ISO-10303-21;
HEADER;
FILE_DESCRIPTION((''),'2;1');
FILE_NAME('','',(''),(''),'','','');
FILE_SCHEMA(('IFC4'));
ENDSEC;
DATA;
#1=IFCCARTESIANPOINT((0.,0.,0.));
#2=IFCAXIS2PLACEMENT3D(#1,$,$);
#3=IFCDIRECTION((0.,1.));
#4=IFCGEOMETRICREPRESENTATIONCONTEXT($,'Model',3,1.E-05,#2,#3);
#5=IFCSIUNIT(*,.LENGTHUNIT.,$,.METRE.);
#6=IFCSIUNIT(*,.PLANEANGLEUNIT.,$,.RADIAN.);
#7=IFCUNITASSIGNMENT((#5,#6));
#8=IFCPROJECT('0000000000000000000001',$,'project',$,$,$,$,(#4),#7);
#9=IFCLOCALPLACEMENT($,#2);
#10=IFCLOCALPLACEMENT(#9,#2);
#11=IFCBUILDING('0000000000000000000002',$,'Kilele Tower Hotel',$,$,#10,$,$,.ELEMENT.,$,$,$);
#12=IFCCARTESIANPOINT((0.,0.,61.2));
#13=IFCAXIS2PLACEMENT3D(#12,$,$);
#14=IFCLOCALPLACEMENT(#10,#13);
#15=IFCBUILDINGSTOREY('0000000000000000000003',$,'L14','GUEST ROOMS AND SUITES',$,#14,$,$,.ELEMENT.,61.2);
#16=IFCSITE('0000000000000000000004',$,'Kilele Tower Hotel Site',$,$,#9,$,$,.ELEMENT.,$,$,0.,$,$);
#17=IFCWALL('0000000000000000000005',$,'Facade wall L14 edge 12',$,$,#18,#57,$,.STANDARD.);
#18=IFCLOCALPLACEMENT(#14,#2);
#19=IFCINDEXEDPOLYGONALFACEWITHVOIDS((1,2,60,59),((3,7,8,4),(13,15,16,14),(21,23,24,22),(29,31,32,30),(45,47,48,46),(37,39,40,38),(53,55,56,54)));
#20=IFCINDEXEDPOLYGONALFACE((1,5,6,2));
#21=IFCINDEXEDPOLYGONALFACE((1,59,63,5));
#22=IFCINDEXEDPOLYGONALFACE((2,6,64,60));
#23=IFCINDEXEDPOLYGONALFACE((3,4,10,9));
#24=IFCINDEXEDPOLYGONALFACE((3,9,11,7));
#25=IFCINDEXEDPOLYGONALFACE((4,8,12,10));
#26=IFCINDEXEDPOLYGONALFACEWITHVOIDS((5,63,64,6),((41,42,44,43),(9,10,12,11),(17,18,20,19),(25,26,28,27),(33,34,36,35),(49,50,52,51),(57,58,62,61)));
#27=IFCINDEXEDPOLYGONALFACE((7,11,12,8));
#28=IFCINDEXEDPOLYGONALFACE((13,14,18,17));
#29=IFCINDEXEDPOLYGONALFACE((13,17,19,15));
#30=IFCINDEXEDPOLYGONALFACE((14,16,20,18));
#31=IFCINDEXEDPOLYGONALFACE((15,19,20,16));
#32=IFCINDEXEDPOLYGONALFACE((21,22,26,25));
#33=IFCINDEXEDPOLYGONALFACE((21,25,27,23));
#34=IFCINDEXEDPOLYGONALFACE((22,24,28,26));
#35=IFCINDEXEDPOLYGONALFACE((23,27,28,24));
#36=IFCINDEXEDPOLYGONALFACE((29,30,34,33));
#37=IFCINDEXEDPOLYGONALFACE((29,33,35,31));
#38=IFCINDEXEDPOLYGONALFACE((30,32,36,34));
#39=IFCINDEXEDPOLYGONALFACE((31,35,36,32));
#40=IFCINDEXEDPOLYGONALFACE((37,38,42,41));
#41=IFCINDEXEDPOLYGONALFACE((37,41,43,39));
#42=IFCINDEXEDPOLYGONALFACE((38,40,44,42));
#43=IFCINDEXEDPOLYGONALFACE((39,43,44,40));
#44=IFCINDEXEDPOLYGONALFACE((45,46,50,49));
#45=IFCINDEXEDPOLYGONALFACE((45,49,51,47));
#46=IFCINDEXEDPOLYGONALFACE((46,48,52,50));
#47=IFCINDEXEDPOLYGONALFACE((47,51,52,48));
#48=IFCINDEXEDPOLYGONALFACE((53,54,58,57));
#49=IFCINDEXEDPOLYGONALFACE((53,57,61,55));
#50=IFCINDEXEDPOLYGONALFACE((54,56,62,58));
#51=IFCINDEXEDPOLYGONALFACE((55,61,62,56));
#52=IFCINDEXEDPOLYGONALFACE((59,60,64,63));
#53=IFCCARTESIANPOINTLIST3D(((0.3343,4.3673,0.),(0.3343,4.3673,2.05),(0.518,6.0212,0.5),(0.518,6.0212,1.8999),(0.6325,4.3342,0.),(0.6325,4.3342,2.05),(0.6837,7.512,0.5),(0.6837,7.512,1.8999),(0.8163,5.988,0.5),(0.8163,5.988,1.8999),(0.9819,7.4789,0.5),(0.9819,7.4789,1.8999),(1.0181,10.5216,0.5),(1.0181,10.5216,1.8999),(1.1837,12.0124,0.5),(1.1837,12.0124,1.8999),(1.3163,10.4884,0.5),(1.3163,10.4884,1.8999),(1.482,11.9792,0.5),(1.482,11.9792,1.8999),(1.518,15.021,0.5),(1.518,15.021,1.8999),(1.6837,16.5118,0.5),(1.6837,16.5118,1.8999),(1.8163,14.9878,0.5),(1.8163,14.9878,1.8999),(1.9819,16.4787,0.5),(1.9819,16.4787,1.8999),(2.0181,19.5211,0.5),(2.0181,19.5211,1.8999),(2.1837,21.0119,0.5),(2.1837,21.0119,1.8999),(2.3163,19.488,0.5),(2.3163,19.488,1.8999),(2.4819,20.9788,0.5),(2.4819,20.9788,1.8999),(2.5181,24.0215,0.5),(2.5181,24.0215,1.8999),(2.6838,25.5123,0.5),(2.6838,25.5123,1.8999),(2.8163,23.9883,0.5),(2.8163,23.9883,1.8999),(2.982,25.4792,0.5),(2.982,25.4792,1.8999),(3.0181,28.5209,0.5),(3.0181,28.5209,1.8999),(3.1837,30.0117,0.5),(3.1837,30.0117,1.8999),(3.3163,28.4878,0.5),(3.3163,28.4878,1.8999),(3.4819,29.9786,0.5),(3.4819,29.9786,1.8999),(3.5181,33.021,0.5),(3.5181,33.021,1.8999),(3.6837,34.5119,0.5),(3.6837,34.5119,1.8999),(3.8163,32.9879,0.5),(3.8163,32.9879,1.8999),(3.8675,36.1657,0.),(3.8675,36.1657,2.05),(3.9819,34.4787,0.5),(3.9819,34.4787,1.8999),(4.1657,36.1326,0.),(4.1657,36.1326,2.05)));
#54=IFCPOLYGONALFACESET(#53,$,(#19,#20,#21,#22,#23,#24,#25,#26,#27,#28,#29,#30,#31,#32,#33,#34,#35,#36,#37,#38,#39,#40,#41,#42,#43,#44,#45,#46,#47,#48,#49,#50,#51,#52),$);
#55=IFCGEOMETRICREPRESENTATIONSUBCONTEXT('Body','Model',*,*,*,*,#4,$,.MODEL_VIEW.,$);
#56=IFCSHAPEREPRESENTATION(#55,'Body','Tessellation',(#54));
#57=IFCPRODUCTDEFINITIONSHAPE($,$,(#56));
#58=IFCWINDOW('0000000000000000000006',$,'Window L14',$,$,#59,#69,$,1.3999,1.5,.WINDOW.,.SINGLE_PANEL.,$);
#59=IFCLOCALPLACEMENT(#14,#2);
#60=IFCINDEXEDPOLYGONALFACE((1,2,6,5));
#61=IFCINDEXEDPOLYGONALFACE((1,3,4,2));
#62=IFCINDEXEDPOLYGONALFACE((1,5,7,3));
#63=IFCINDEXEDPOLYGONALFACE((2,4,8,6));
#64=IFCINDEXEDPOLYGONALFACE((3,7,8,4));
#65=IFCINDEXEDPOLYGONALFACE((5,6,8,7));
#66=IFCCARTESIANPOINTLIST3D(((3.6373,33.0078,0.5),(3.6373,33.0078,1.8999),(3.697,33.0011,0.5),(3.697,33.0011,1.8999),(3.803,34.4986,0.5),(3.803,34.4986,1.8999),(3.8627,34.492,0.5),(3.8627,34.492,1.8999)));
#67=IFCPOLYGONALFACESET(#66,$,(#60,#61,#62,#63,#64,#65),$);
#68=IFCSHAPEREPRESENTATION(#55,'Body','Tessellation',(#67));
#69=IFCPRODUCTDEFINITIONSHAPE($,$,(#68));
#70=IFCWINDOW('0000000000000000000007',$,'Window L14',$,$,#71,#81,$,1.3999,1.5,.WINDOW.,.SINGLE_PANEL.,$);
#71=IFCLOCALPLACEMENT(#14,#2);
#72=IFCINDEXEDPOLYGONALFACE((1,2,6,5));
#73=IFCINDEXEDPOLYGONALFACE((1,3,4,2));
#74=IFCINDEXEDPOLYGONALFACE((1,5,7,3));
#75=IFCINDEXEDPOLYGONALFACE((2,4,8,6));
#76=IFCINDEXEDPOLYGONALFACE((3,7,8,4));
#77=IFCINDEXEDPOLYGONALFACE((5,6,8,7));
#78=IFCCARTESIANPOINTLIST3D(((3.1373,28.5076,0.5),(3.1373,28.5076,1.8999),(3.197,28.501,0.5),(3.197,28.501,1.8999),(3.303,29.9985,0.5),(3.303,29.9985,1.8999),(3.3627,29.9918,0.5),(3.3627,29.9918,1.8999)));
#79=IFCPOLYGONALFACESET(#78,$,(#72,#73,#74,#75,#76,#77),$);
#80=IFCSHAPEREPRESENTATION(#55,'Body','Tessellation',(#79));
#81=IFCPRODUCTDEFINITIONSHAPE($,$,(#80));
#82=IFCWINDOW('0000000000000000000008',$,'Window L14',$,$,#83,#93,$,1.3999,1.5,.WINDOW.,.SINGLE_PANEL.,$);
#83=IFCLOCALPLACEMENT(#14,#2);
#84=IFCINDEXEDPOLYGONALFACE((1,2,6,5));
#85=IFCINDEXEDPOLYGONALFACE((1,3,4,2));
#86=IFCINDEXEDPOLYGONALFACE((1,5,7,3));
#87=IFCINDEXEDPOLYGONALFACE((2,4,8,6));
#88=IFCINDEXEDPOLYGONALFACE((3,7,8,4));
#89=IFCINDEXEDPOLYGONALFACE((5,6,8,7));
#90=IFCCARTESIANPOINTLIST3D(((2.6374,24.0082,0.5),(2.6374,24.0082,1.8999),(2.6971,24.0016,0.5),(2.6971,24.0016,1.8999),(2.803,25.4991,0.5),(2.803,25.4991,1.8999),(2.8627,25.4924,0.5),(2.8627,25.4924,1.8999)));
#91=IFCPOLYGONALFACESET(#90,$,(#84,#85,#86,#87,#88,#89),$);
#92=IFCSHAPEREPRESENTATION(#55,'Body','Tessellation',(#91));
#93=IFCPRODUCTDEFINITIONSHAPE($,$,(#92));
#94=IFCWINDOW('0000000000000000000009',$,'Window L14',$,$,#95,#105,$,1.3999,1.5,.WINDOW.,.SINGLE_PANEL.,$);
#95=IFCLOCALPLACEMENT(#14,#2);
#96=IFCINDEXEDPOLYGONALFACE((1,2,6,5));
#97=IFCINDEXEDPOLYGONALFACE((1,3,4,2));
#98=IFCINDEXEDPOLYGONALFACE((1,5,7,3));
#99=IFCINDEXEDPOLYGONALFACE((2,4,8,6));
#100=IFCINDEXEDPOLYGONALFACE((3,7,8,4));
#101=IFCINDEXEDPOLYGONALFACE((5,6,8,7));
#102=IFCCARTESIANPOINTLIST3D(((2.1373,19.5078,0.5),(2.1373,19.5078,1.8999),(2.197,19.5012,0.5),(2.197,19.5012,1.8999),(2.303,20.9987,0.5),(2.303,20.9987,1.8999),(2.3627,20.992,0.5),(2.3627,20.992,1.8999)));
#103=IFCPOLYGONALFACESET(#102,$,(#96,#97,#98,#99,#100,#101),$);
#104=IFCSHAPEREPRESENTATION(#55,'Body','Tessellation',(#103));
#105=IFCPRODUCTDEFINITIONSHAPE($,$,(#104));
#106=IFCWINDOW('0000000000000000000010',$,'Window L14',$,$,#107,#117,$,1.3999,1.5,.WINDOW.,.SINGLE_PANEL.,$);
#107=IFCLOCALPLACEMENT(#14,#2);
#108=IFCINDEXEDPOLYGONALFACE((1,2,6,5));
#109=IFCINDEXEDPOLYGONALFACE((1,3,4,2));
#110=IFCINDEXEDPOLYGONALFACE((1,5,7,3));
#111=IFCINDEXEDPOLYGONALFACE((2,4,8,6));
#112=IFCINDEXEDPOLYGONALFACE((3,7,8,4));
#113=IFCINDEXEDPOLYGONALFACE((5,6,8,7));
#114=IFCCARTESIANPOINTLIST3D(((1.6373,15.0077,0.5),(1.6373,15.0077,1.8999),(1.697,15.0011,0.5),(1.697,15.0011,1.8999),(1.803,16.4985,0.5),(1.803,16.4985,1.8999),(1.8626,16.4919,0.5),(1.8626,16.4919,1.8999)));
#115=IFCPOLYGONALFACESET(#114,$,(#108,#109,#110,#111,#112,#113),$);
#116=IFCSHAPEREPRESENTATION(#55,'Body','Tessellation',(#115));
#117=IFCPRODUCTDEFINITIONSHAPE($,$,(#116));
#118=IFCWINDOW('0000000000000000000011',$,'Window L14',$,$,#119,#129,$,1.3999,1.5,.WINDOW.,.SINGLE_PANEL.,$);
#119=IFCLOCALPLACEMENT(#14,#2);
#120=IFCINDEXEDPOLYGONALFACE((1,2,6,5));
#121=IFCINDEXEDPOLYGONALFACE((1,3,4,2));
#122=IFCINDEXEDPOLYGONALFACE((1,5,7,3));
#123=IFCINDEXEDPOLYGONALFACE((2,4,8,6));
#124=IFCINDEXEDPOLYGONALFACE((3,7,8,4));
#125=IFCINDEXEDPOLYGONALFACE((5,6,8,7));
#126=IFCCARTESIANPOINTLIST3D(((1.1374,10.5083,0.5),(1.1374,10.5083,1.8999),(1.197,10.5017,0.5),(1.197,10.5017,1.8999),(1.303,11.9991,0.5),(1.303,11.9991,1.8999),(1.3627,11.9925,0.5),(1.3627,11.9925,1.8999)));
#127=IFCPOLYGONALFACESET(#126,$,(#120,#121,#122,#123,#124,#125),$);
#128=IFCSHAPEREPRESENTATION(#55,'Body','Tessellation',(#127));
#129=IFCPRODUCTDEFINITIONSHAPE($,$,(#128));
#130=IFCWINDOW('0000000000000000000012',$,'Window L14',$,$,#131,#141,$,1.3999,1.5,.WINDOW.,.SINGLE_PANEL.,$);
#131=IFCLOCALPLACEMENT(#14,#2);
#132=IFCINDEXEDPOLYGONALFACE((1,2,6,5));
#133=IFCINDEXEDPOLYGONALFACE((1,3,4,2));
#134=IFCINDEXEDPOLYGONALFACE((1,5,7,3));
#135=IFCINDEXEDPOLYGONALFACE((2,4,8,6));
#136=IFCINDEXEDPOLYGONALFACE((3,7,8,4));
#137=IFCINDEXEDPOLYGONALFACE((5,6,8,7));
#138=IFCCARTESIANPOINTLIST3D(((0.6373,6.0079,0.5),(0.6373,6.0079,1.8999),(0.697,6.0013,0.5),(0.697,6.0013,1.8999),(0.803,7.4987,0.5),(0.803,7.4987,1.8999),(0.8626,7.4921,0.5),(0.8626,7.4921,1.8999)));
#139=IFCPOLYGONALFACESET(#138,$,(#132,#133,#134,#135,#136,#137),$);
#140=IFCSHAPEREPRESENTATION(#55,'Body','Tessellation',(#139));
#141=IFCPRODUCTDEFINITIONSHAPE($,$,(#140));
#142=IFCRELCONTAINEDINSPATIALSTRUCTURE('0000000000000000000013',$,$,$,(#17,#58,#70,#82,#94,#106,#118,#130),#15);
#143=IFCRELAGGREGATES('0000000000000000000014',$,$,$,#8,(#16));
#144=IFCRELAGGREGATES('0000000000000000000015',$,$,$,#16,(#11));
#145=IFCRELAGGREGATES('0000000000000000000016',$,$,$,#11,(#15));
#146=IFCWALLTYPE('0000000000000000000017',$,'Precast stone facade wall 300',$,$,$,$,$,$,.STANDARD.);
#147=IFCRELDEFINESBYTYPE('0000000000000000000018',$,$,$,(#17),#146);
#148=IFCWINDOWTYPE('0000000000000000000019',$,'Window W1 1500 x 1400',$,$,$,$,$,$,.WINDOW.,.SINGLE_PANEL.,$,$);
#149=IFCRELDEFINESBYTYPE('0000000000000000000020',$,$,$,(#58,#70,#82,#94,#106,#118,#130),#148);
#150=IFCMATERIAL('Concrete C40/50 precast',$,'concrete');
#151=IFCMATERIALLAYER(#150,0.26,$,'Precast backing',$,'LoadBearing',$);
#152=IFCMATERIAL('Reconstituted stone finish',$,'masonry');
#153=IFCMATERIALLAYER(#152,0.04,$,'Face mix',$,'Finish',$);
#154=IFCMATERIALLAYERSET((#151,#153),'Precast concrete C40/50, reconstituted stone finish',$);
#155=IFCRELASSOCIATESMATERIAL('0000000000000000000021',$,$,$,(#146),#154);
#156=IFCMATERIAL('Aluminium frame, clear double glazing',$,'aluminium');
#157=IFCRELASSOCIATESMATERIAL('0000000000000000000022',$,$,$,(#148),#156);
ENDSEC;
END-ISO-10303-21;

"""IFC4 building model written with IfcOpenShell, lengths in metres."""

from ifc_helpers import new_model, si_unit, direction, frame, frame_2d, origin, place, context, subcontext, project, spatial, rectangle, extrude, material, layer, layer_set, type_object, element, fill, save


model = new_model("IFC4")

# Units and contexts
model_context = context("Model", 3, precision=1e-05, world=origin(), true_north=direction((0.0, 1.0)))
body_context = subcontext(model_context, "Body", "Model", "MODEL_VIEW")
ifc_project = project(units=[si_unit("LENGTHUNIT", "METRE"), si_unit("PLANEANGLEUNIT", "RADIAN")], contexts=[model_context])

# Site, building, storey
site_placement = place(None, origin())
site = spatial("IfcSite", under=ifc_project, at=site_placement, Name="Kilele Tower Hotel Site", CompositionType="ELEMENT", RefElevation=0.0)
building_placement = place(site_placement, origin())
building = spatial("IfcBuilding", under=site, at=building_placement, Name="Kilele Tower Hotel", CompositionType="ELEMENT")
storey_placement = place(building_placement, frame((0.0, 0.0, 61.2)))
storey = spatial("IfcBuildingStorey", under=building, at=storey_placement, Name="L14", Description="GUEST ROOMS AND SUITES", CompositionType="ELEMENT", Elevation=61.2)

# Shared definitions
ifc_material_1 = material(Name="Concrete C40/50 precast", Category="concrete")
ifc_layer_1 = layer(ifc_material_1, 0.26, Name="Precast backing", Category="LoadBearing")
ifc_material_2 = material(Name="Reconstituted stone finish", Category="masonry")
ifc_layer_2 = layer(ifc_material_2, 0.04, Name="Face mix", Category="Finish")
ifc_layer_set_1 = layer_set([ifc_layer_1, ifc_layer_2], Name="Precast concrete C40/50, reconstituted stone finish")
wall_type_1 = type_object("IfcWallType", Name="Precast stone facade wall 300", PredefinedType="STANDARD", material=ifc_layer_set_1)
ifc_material_3 = material(Name="Aluminium frame, clear double glazing", Category="aluminium")
window_type_1 = type_object("IfcWindowType", Name="Window W1 1500 x 1400", PartitioningType="SINGLE_PANEL", PredefinedType="WINDOW", material=ifc_material_3)

# Wall, openings, windows
wall_1_placement = place(storey_placement, frame((4.0166, 36.1492, 0.0), z_axis=(0.0, 0.0, 1.0), x_axis=(-0.110433, -0.993884, 0.0)))
wall_1 = element("IfcWall", 1, at=wall_1_placement, inside=storey, type_object=wall_type_1, Name="Facade wall L14 edge 12", PredefinedType="STANDARD", context=body_context, shape_type="SweptSolid", body=[
    extrude(rectangle(XDim=31.9941, YDim=0.3, at=frame_2d((15.9971, 0.0))), origin(), (0.0, 0.0, 1.0), 2.05),
])
opening_1_placement = place(wall_1_placement, frame((1.6641, 0.0, 0.5)))
opening_1 = element("IfcOpeningElement", 2, at=opening_1_placement, cuts=wall_1, PredefinedType="OPENING", context=body_context, shape_type="SweptSolid", body=[
    extrude(rectangle(XDim=1.5, YDim=1.3999, at=frame_2d((0.75, 0.7))), frame((0.0, 0.1599, 0.0), z_axis=(0.0, -1.0, 0.0), x_axis=(1.0, 0.0, 0.0)), (0.0, 0.0, 1.0), 0.3201),
])
opening_2_placement = place(wall_1_placement, frame((6.1919, 0.0, 0.5)))
opening_2 = element("IfcOpeningElement", 3, at=opening_2_placement, cuts=wall_1, PredefinedType="OPENING", context=body_context, shape_type="SweptSolid", body=[
    extrude(rectangle(XDim=1.5, YDim=1.3999, at=frame_2d((0.75, 0.7))), frame((0.0, 0.1599, 0.0), z_axis=(0.0, -1.0, 0.0), x_axis=(1.0, 0.0, 0.0)), (0.0, 0.0, 1.0), 0.3201),
])
opening_3_placement = place(wall_1_placement, frame((10.719, 0.0, 0.5)))
opening_3 = element("IfcOpeningElement", 4, at=opening_3_placement, cuts=wall_1, PredefinedType="OPENING", context=body_context, shape_type="SweptSolid", body=[
    extrude(rectangle(XDim=1.5, YDim=1.3999, at=frame_2d((0.75, 0.7))), frame((0.0, 0.1599, 0.0), z_axis=(0.0, -1.0, 0.0), x_axis=(1.0, 0.0, 0.0)), (0.0, 0.0, 1.0), 0.3201),
])
opening_4_placement = place(wall_1_placement, frame((15.2471, 0.0, 0.5)))
opening_4 = element("IfcOpeningElement", 5, at=opening_4_placement, cuts=wall_1, PredefinedType="OPENING", context=body_context, shape_type="SweptSolid", body=[
    extrude(rectangle(XDim=1.5, YDim=1.3999, at=frame_2d((0.75, 0.7))), frame((0.0, 0.1599, 0.0), z_axis=(0.0, -1.0, 0.0), x_axis=(1.0, 0.0, 0.0)), (0.0, 0.0, 1.0), 0.3201),
])
opening_5_placement = place(wall_1_placement, frame((19.7749, 0.0, 0.5)))
opening_5 = element("IfcOpeningElement", 6, at=opening_5_placement, cuts=wall_1, PredefinedType="OPENING", context=body_context, shape_type="SweptSolid", body=[
    extrude(rectangle(XDim=1.5, YDim=1.3999, at=frame_2d((0.75, 0.7))), frame((0.0, 0.1599, 0.0), z_axis=(0.0, -1.0, 0.0), x_axis=(1.0, 0.0, 0.0)), (0.0, 0.0, 1.0), 0.3201),
])
opening_6_placement = place(wall_1_placement, frame((24.302, 0.0, 0.5)))
opening_6 = element("IfcOpeningElement", 7, at=opening_6_placement, cuts=wall_1, PredefinedType="OPENING", context=body_context, shape_type="SweptSolid", body=[
    extrude(rectangle(XDim=1.5, YDim=1.3999, at=frame_2d((0.75, 0.7))), frame((0.0, 0.1599, 0.0), z_axis=(0.0, -1.0, 0.0), x_axis=(1.0, 0.0, 0.0)), (0.0, 0.0, 1.0), 0.3201),
])
opening_7_placement = place(wall_1_placement, frame((28.8301, 0.0, 0.5)))
opening_7 = element("IfcOpeningElement", 8, at=opening_7_placement, cuts=wall_1, PredefinedType="OPENING", context=body_context, shape_type="SweptSolid", body=[
    extrude(rectangle(XDim=1.5, YDim=1.3999, at=frame_2d((0.75, 0.7))), frame((0.0, 0.1599, 0.0), z_axis=(0.0, -1.0, 0.0), x_axis=(1.0, 0.0, 0.0)), (0.0, 0.0, 1.0), 0.3201),
])
window_1_placement = place(opening_1_placement, origin())
window_1 = element("IfcWindow", 9, at=window_1_placement, inside=storey, type_object=window_type_1, Name="Window L14", OverallHeight=1.3999, OverallWidth=1.5, PartitioningType="SINGLE_PANEL", PredefinedType="WINDOW", context=body_context, shape_type="SweptSolid", body=[
    extrude(rectangle(XDim=1.5, YDim=1.3999, at=frame_2d((0.75, 0.7))), frame((0.0, 0.03, 0.0), z_axis=(0.0, -1.0, 0.0), x_axis=(1.0, 0.0, 0.0)), (0.0, 0.0, 1.0), 0.0601),
])
fill(opening_1, window_1)
window_2_placement = place(opening_2_placement, origin())
window_2 = element("IfcWindow", 10, at=window_2_placement, inside=storey, type_object=window_type_1, Name="Window L14", OverallHeight=1.3999, OverallWidth=1.5, PartitioningType="SINGLE_PANEL", PredefinedType="WINDOW", context=body_context, shape_type="SweptSolid", body=[
    extrude(rectangle(XDim=1.5, YDim=1.3999, at=frame_2d((0.75, 0.7))), frame((0.0, 0.03, 0.0), z_axis=(0.0, -1.0, 0.0), x_axis=(1.0, 0.0, 0.0)), (0.0, 0.0, 1.0), 0.0601),
])
fill(opening_2, window_2)
window_3_placement = place(opening_3_placement, origin())
window_3 = element("IfcWindow", 11, at=window_3_placement, inside=storey, type_object=window_type_1, Name="Window L14", OverallHeight=1.3999, OverallWidth=1.5, PartitioningType="SINGLE_PANEL", PredefinedType="WINDOW", context=body_context, shape_type="SweptSolid", body=[
    extrude(rectangle(XDim=1.5, YDim=1.3999, at=frame_2d((0.75, 0.7))), frame((0.0, 0.03, 0.0), z_axis=(0.0, -1.0, 0.0), x_axis=(1.0, 0.0, 0.0)), (0.0, 0.0, 1.0), 0.0601),
])
fill(opening_3, window_3)
window_4_placement = place(opening_4_placement, origin())
window_4 = element("IfcWindow", 12, at=window_4_placement, inside=storey, type_object=window_type_1, Name="Window L14", OverallHeight=1.3999, OverallWidth=1.5, PartitioningType="SINGLE_PANEL", PredefinedType="WINDOW", context=body_context, shape_type="SweptSolid", body=[
    extrude(rectangle(XDim=1.5, YDim=1.3999, at=frame_2d((0.75, 0.7))), frame((0.0, 0.03, 0.0), z_axis=(0.0, -1.0, 0.0), x_axis=(1.0, 0.0, 0.0)), (0.0, 0.0, 1.0), 0.0601),
])
fill(opening_4, window_4)
window_5_placement = place(opening_5_placement, origin())
window_5 = element("IfcWindow", 13, at=window_5_placement, inside=storey, type_object=window_type_1, Name="Window L14", OverallHeight=1.3999, OverallWidth=1.5, PartitioningType="SINGLE_PANEL", PredefinedType="WINDOW", context=body_context, shape_type="SweptSolid", body=[
    extrude(rectangle(XDim=1.5, YDim=1.3999, at=frame_2d((0.75, 0.7))), frame((0.0, 0.03, 0.0), z_axis=(0.0, -1.0, 0.0), x_axis=(1.0, 0.0, 0.0)), (0.0, 0.0, 1.0), 0.0601),
])
fill(opening_5, window_5)
window_6_placement = place(opening_6_placement, origin())
window_6 = element("IfcWindow", 14, at=window_6_placement, inside=storey, type_object=window_type_1, Name="Window L14", OverallHeight=1.3999, OverallWidth=1.5, PartitioningType="SINGLE_PANEL", PredefinedType="WINDOW", context=body_context, shape_type="SweptSolid", body=[
    extrude(rectangle(XDim=1.5, YDim=1.3999, at=frame_2d((0.75, 0.7))), frame((0.0, 0.03, 0.0), z_axis=(0.0, -1.0, 0.0), x_axis=(1.0, 0.0, 0.0)), (0.0, 0.0, 1.0), 0.0601),
])
fill(opening_6, window_6)
window_7_placement = place(opening_7_placement, origin())
window_7 = element("IfcWindow", 15, at=window_7_placement, inside=storey, type_object=window_type_1, Name="Window L14", OverallHeight=1.3999, OverallWidth=1.5, PartitioningType="SINGLE_PANEL", PredefinedType="WINDOW", context=body_context, shape_type="SweptSolid", body=[
    extrude(rectangle(XDim=1.5, YDim=1.3999, at=frame_2d((0.75, 0.7))), frame((0.0, 0.03, 0.0), z_axis=(0.0, -1.0, 0.0), x_axis=(1.0, 0.0, 0.0)), (0.0, 0.0, 1.0), 0.0601),
])
fill(opening_7, window_7)

save(model, "model.ifc")
